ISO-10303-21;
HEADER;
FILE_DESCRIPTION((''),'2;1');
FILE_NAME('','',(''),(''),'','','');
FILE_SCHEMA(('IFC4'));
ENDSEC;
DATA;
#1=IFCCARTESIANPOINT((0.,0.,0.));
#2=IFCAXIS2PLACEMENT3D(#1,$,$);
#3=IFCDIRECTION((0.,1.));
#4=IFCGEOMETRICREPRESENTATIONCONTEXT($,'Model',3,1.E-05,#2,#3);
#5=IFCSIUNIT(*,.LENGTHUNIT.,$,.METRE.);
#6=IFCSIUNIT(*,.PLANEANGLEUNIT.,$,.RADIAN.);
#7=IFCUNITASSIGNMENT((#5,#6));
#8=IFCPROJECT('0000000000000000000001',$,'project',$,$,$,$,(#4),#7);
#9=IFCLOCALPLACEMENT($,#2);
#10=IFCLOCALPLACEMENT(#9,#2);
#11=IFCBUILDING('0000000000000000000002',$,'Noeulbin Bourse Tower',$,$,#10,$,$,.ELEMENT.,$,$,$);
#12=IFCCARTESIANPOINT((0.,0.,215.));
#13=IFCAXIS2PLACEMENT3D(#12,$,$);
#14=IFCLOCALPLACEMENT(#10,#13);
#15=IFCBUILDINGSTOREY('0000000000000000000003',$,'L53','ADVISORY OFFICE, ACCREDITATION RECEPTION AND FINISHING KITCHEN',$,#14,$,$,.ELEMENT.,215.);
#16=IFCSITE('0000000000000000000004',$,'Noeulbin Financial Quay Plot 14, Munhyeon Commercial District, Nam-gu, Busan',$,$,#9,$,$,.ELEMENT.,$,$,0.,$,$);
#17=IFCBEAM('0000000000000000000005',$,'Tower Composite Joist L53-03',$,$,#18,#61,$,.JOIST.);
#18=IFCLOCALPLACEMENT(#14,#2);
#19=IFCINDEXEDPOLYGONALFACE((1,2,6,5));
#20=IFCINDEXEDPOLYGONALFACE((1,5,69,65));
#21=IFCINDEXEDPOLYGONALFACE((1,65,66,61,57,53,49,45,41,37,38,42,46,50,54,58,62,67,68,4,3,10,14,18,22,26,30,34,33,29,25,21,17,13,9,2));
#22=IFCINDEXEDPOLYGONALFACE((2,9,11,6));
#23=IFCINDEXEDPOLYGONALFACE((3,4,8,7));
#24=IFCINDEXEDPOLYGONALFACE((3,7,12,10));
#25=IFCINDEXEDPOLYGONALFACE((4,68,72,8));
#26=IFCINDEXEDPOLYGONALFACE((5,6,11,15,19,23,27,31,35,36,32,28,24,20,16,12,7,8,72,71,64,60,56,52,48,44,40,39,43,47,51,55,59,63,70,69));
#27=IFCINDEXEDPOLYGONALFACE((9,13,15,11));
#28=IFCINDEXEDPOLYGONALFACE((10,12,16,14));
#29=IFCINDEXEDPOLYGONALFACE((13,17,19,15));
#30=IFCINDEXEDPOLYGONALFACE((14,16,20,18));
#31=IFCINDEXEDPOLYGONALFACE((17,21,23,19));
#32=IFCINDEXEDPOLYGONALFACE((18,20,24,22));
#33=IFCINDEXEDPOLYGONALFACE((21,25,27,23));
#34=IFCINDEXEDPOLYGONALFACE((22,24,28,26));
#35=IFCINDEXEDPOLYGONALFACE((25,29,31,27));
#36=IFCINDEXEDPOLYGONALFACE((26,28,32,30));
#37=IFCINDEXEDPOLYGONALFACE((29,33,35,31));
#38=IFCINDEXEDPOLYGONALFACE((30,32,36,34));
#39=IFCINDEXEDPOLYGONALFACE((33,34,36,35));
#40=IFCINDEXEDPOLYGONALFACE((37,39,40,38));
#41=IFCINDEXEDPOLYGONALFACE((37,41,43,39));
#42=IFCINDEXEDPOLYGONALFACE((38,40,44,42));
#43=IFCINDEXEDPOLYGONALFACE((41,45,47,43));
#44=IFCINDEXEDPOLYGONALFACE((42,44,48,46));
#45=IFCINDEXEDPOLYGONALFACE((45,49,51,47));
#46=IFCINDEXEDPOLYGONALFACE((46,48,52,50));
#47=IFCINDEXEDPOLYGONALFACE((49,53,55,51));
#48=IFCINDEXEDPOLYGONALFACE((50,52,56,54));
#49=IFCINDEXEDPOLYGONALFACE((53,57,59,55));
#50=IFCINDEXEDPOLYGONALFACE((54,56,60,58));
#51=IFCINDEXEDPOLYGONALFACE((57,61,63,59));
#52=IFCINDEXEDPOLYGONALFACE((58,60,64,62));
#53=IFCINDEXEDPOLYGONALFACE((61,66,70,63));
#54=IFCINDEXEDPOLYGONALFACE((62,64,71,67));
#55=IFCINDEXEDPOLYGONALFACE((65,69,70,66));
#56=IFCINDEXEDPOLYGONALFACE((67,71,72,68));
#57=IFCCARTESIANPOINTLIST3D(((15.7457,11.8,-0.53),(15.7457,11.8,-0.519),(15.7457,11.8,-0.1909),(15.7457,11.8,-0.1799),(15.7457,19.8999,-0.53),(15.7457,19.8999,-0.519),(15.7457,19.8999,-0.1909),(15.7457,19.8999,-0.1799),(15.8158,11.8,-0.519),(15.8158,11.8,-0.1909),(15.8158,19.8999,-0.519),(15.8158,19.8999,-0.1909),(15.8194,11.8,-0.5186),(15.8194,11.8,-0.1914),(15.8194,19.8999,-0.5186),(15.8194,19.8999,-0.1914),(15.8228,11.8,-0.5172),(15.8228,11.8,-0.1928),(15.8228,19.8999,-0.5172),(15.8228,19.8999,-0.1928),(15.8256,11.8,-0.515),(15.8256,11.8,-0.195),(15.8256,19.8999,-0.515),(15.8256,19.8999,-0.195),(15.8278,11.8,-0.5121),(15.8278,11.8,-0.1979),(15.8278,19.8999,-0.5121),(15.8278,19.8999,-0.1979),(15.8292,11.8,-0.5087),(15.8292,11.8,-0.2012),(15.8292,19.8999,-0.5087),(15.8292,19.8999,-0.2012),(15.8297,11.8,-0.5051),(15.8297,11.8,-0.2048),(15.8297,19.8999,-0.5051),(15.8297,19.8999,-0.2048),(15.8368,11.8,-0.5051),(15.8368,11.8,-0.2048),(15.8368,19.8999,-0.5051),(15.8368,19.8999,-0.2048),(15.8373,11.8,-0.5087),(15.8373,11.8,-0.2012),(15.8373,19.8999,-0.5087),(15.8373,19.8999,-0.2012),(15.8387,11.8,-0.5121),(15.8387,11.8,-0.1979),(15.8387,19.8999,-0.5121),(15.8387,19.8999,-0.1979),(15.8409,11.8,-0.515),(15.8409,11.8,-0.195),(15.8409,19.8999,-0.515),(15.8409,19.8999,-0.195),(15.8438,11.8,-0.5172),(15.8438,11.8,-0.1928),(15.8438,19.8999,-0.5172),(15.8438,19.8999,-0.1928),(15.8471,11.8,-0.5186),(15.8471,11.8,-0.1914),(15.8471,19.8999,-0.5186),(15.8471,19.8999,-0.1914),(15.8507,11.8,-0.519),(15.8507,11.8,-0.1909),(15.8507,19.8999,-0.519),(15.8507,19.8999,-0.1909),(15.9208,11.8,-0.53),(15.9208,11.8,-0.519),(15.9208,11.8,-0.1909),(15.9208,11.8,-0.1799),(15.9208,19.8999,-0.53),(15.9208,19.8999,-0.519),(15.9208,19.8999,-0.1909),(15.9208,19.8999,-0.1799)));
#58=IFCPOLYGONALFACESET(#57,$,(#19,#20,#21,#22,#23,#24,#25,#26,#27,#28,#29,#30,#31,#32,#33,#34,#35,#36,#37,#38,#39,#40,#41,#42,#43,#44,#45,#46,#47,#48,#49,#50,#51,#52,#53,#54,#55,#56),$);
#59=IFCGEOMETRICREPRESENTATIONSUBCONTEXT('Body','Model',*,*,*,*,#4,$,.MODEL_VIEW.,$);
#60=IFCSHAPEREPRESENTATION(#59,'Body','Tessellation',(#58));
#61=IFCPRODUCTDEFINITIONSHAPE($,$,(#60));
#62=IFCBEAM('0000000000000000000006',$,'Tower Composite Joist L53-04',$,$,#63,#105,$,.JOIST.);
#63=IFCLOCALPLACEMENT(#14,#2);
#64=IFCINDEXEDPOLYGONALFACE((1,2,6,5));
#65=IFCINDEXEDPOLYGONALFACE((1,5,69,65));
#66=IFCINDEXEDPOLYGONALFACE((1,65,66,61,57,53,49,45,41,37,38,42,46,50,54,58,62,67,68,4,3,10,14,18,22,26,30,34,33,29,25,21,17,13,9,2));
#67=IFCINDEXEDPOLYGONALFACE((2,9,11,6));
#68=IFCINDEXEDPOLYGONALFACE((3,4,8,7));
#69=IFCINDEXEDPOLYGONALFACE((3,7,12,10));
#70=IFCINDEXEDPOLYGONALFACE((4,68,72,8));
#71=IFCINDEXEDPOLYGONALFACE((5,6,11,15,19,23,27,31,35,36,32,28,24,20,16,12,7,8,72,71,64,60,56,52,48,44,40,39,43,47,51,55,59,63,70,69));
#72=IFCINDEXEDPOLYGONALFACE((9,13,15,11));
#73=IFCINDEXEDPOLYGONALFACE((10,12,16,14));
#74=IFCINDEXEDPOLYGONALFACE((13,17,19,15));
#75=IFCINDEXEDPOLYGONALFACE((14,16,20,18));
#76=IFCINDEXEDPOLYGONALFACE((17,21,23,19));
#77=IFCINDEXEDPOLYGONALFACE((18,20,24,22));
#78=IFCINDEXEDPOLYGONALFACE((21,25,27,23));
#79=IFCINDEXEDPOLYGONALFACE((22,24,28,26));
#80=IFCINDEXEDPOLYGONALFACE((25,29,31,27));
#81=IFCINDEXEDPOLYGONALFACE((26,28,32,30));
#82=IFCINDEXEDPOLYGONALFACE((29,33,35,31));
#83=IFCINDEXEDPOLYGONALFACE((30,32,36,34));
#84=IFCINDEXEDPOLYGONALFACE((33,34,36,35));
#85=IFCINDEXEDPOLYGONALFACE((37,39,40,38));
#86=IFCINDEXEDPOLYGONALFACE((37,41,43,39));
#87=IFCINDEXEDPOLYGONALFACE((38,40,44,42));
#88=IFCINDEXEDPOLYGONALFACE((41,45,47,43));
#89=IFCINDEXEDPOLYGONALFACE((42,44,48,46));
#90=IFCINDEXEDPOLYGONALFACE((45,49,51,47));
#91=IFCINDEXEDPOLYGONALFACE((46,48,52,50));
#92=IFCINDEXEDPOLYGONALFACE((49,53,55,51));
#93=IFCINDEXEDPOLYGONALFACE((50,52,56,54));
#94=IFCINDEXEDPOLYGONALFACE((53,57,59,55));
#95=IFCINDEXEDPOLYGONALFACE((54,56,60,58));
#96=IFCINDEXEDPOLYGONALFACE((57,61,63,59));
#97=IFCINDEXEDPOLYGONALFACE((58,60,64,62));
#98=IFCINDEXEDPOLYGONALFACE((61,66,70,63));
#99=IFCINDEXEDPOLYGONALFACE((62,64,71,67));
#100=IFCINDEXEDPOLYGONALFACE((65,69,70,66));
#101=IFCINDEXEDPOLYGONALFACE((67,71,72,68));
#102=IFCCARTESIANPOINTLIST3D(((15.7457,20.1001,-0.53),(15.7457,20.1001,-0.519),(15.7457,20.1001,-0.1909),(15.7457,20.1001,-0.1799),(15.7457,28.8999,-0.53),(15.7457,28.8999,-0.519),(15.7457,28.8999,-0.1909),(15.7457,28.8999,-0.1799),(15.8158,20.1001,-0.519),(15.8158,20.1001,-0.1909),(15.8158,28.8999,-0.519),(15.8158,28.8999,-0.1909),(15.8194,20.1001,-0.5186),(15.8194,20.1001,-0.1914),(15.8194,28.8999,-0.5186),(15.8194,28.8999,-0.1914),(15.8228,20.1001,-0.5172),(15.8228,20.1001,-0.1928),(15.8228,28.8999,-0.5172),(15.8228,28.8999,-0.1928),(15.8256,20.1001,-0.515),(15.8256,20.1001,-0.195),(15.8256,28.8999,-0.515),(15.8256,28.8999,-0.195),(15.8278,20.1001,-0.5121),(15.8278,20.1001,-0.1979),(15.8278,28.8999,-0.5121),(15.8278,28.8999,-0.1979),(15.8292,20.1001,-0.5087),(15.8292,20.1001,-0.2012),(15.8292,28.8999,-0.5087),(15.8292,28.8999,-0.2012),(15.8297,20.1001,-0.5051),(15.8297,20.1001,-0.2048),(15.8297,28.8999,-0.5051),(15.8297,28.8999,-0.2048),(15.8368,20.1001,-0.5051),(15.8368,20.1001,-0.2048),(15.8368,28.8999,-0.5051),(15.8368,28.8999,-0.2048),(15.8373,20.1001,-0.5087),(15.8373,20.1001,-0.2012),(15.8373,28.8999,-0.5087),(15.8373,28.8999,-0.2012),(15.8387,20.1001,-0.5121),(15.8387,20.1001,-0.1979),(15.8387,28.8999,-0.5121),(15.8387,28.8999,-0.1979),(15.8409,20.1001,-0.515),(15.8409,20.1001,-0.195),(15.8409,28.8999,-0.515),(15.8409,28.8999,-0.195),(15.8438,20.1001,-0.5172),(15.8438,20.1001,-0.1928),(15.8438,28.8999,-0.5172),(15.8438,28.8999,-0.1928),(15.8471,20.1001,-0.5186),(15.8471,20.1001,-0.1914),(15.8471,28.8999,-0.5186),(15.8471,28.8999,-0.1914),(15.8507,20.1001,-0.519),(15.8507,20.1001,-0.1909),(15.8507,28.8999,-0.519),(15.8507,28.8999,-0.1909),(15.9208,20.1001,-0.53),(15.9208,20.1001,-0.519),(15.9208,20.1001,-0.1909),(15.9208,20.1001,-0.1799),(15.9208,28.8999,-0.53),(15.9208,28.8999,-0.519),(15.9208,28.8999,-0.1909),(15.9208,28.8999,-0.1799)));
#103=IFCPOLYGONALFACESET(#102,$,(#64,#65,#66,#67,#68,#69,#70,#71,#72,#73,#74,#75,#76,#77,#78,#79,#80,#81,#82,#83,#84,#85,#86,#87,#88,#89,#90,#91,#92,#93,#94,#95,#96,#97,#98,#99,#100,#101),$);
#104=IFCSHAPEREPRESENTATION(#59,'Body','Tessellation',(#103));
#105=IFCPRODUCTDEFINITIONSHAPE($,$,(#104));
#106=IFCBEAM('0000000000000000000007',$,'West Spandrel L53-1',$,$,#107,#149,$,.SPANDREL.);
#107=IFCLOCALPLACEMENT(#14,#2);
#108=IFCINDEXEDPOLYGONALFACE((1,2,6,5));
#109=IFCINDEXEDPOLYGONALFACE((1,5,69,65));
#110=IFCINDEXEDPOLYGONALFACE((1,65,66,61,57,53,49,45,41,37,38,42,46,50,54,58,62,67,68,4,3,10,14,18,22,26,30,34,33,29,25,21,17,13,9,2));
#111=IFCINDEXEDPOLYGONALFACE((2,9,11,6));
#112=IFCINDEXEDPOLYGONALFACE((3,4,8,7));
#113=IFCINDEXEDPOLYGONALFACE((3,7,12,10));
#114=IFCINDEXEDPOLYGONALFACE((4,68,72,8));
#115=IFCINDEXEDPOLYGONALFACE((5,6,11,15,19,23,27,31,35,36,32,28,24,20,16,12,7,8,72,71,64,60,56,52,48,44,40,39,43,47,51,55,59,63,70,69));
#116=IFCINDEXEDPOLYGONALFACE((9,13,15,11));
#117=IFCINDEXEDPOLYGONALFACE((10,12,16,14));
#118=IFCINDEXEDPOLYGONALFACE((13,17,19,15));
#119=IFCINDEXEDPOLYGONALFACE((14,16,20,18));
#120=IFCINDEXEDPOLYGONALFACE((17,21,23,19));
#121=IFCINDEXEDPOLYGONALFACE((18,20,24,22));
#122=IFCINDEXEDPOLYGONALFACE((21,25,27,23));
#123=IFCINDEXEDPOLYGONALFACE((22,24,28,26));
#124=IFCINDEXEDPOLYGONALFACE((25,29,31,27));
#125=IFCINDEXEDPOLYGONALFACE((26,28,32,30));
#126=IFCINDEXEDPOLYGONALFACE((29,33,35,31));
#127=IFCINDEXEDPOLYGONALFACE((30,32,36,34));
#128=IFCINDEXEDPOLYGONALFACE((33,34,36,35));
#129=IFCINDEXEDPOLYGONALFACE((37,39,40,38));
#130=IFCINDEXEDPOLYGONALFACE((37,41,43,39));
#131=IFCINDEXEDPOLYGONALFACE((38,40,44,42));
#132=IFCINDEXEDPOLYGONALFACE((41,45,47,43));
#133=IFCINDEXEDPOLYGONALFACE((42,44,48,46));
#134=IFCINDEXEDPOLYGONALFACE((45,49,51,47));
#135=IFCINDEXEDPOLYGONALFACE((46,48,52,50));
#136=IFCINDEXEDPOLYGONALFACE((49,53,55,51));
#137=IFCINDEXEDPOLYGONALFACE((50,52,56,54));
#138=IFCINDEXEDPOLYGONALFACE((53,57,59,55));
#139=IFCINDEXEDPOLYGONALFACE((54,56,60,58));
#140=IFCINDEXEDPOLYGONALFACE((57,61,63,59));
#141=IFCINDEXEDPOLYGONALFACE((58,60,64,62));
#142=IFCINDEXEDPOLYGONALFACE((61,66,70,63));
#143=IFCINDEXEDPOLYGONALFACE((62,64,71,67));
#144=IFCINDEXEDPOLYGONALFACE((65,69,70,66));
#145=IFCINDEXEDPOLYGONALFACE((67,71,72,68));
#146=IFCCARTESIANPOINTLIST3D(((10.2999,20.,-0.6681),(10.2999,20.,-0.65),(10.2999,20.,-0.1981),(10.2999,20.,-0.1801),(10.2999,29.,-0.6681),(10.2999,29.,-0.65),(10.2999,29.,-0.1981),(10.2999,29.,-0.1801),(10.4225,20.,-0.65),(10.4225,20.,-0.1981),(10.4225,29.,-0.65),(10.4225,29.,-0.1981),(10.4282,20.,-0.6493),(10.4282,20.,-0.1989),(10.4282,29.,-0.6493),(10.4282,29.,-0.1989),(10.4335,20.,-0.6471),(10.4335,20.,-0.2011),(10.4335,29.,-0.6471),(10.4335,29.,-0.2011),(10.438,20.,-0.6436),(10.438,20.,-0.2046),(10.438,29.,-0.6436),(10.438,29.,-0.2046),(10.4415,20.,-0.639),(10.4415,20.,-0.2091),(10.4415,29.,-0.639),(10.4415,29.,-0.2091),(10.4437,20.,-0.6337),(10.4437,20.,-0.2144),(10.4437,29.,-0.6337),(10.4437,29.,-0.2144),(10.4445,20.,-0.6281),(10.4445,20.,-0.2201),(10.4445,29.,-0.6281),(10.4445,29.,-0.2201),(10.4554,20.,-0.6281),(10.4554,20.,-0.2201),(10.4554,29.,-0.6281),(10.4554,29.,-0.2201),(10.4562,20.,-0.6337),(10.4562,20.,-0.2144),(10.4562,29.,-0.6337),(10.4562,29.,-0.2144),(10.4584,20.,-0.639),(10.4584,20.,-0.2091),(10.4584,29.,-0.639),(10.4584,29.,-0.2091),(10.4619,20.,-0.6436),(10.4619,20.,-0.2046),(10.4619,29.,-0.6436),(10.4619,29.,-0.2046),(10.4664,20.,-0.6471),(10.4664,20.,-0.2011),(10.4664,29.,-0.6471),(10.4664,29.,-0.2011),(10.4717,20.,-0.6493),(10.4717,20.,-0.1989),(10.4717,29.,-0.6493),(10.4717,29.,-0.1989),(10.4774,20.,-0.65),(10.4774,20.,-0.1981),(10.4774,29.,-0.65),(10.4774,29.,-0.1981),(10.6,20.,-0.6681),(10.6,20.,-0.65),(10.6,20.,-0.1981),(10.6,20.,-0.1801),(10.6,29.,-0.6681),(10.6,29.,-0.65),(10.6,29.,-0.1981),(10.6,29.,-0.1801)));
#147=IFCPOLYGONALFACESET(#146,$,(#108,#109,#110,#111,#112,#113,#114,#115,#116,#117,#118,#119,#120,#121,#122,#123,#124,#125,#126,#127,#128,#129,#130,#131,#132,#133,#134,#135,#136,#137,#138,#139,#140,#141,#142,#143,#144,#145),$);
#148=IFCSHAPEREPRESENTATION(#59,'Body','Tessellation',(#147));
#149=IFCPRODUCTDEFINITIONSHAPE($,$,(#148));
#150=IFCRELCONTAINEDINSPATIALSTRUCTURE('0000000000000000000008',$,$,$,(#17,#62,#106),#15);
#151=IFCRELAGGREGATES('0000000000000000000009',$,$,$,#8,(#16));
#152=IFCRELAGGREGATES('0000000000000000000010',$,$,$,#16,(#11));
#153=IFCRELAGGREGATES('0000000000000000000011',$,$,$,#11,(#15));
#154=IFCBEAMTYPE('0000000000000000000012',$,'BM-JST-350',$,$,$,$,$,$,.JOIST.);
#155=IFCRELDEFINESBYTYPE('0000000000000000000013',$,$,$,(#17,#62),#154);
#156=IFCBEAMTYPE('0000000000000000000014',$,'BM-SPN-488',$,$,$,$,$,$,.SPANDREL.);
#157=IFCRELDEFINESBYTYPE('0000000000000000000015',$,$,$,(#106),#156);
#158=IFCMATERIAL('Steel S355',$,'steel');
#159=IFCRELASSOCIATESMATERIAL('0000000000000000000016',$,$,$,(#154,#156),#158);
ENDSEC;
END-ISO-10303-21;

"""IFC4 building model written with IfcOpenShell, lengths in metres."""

from ifc_helpers import new_model, si_unit, direction, frame, origin, origin_2d, place, context, subcontext, project, spatial, i_section, extrude, material, material_profile, profile_set, type_object, element, save


model = new_model("IFC4")

# Units and contexts
model_context = context("Model", 3, precision=1e-05, world=origin(), true_north=direction((0.0, 1.0)))
body_context = subcontext(model_context, "Body", "Model", "MODEL_VIEW")
ifc_project = project(units=[si_unit("LENGTHUNIT", "METRE"), si_unit("PLANEANGLEUNIT", "RADIAN")], contexts=[model_context])

# Site, building, storey
site_placement = place(None, origin())
site = spatial("IfcSite", under=ifc_project, at=site_placement, Name="Noeulbin Financial Quay Plot 14, Munhyeon Commercial District, Nam-gu, Busan", CompositionType="ELEMENT", RefElevation=0.0)
building_placement = place(site_placement, origin())
building = spatial("IfcBuilding", under=site, at=building_placement, Name="Noeulbin Bourse Tower", CompositionType="ELEMENT")
storey_placement = place(building_placement, frame((0.0, 0.0, 215.0)))
storey = spatial("IfcBuildingStorey", under=building, at=storey_placement, Name="L53", Description="ADVISORY OFFICE, ACCREDITATION RECEPTION AND FINISHING KITCHEN", CompositionType="ELEMENT", Elevation=215.0)

# Shared definitions
ifc_material_1 = material(Name="Steel S355", Category="steel")

# Beams
ifc_material_profile_1 = material_profile(ifc_material_1, i_section(OverallWidth=0.175, OverallDepth=0.3501, WebThickness=0.0071, FlangeThickness=0.011, FilletRadius=0.0139, at=origin_2d()), Name="H-350x175x7x11", Category="LoadBearing")
ifc_profile_set_1 = profile_set([ifc_material_profile_1], Name="Steel S355")
beam_type_1 = type_object("IfcBeamType", Name="BM-JST-350", PredefinedType="JOIST", material=ifc_profile_set_1)
beam_1_placement = place(storey_placement, frame((15.8333, 11.8, -0.355), z_axis=(0.0, 1.0, 0.0), x_axis=(-1.0, 0.0, 0.0)))
element("IfcBeam", 1, at=beam_1_placement, inside=storey, type_object=beam_type_1, Name="Tower Composite Joist L53-03", PredefinedType="JOIST", context=body_context, shape_type="SweptSolid", body=[
    extrude(i_section(OverallWidth=0.175, OverallDepth=0.3501, WebThickness=0.0071, FlangeThickness=0.011, FilletRadius=0.0139, at=origin_2d()), origin(), (0.0, 0.0, 1.0), 8.0999),
])
beam_2_placement = place(storey_placement, frame((15.8333, 20.1001, -0.355), z_axis=(0.0, 1.0, 0.0), x_axis=(-1.0, 0.0, 0.0)))
element("IfcBeam", 2, at=beam_2_placement, inside=storey, type_object=beam_type_1, Name="Tower Composite Joist L53-04", PredefinedType="JOIST", context=body_context, shape_type="SweptSolid", body=[
    extrude(i_section(OverallWidth=0.175, OverallDepth=0.3501, WebThickness=0.0071, FlangeThickness=0.011, FilletRadius=0.0139, at=origin_2d()), origin(), (0.0, 0.0, 1.0), 8.7998),
])
ifc_material_profile_2 = material_profile(ifc_material_1, i_section(OverallWidth=0.3, OverallDepth=0.488, WebThickness=0.011, FlangeThickness=0.0181, FilletRadius=0.022, at=origin_2d()), Name="H-488x300x11x18", Category="LoadBearing")
ifc_profile_set_2 = profile_set([ifc_material_profile_2], Name="Steel S355")
beam_type_2 = type_object("IfcBeamType", Name="BM-SPN-488", PredefinedType="SPANDREL", material=ifc_profile_set_2)
beam_3_placement = place(storey_placement, frame((10.45, 20.0, -0.4241), z_axis=(0.0, 1.0, 0.0), x_axis=(-1.0, 0.0, 0.0)))
element("IfcBeam", 3, at=beam_3_placement, inside=storey, type_object=beam_type_2, Name="West Spandrel L53-1", PredefinedType="SPANDREL", context=body_context, shape_type="SweptSolid", body=[
    extrude(i_section(OverallWidth=0.3, OverallDepth=0.488, WebThickness=0.011, FlangeThickness=0.0181, FilletRadius=0.022, at=origin_2d()), origin(), (0.0, 0.0, 1.0), 9.0),
])

save(model, "model.ifc")
